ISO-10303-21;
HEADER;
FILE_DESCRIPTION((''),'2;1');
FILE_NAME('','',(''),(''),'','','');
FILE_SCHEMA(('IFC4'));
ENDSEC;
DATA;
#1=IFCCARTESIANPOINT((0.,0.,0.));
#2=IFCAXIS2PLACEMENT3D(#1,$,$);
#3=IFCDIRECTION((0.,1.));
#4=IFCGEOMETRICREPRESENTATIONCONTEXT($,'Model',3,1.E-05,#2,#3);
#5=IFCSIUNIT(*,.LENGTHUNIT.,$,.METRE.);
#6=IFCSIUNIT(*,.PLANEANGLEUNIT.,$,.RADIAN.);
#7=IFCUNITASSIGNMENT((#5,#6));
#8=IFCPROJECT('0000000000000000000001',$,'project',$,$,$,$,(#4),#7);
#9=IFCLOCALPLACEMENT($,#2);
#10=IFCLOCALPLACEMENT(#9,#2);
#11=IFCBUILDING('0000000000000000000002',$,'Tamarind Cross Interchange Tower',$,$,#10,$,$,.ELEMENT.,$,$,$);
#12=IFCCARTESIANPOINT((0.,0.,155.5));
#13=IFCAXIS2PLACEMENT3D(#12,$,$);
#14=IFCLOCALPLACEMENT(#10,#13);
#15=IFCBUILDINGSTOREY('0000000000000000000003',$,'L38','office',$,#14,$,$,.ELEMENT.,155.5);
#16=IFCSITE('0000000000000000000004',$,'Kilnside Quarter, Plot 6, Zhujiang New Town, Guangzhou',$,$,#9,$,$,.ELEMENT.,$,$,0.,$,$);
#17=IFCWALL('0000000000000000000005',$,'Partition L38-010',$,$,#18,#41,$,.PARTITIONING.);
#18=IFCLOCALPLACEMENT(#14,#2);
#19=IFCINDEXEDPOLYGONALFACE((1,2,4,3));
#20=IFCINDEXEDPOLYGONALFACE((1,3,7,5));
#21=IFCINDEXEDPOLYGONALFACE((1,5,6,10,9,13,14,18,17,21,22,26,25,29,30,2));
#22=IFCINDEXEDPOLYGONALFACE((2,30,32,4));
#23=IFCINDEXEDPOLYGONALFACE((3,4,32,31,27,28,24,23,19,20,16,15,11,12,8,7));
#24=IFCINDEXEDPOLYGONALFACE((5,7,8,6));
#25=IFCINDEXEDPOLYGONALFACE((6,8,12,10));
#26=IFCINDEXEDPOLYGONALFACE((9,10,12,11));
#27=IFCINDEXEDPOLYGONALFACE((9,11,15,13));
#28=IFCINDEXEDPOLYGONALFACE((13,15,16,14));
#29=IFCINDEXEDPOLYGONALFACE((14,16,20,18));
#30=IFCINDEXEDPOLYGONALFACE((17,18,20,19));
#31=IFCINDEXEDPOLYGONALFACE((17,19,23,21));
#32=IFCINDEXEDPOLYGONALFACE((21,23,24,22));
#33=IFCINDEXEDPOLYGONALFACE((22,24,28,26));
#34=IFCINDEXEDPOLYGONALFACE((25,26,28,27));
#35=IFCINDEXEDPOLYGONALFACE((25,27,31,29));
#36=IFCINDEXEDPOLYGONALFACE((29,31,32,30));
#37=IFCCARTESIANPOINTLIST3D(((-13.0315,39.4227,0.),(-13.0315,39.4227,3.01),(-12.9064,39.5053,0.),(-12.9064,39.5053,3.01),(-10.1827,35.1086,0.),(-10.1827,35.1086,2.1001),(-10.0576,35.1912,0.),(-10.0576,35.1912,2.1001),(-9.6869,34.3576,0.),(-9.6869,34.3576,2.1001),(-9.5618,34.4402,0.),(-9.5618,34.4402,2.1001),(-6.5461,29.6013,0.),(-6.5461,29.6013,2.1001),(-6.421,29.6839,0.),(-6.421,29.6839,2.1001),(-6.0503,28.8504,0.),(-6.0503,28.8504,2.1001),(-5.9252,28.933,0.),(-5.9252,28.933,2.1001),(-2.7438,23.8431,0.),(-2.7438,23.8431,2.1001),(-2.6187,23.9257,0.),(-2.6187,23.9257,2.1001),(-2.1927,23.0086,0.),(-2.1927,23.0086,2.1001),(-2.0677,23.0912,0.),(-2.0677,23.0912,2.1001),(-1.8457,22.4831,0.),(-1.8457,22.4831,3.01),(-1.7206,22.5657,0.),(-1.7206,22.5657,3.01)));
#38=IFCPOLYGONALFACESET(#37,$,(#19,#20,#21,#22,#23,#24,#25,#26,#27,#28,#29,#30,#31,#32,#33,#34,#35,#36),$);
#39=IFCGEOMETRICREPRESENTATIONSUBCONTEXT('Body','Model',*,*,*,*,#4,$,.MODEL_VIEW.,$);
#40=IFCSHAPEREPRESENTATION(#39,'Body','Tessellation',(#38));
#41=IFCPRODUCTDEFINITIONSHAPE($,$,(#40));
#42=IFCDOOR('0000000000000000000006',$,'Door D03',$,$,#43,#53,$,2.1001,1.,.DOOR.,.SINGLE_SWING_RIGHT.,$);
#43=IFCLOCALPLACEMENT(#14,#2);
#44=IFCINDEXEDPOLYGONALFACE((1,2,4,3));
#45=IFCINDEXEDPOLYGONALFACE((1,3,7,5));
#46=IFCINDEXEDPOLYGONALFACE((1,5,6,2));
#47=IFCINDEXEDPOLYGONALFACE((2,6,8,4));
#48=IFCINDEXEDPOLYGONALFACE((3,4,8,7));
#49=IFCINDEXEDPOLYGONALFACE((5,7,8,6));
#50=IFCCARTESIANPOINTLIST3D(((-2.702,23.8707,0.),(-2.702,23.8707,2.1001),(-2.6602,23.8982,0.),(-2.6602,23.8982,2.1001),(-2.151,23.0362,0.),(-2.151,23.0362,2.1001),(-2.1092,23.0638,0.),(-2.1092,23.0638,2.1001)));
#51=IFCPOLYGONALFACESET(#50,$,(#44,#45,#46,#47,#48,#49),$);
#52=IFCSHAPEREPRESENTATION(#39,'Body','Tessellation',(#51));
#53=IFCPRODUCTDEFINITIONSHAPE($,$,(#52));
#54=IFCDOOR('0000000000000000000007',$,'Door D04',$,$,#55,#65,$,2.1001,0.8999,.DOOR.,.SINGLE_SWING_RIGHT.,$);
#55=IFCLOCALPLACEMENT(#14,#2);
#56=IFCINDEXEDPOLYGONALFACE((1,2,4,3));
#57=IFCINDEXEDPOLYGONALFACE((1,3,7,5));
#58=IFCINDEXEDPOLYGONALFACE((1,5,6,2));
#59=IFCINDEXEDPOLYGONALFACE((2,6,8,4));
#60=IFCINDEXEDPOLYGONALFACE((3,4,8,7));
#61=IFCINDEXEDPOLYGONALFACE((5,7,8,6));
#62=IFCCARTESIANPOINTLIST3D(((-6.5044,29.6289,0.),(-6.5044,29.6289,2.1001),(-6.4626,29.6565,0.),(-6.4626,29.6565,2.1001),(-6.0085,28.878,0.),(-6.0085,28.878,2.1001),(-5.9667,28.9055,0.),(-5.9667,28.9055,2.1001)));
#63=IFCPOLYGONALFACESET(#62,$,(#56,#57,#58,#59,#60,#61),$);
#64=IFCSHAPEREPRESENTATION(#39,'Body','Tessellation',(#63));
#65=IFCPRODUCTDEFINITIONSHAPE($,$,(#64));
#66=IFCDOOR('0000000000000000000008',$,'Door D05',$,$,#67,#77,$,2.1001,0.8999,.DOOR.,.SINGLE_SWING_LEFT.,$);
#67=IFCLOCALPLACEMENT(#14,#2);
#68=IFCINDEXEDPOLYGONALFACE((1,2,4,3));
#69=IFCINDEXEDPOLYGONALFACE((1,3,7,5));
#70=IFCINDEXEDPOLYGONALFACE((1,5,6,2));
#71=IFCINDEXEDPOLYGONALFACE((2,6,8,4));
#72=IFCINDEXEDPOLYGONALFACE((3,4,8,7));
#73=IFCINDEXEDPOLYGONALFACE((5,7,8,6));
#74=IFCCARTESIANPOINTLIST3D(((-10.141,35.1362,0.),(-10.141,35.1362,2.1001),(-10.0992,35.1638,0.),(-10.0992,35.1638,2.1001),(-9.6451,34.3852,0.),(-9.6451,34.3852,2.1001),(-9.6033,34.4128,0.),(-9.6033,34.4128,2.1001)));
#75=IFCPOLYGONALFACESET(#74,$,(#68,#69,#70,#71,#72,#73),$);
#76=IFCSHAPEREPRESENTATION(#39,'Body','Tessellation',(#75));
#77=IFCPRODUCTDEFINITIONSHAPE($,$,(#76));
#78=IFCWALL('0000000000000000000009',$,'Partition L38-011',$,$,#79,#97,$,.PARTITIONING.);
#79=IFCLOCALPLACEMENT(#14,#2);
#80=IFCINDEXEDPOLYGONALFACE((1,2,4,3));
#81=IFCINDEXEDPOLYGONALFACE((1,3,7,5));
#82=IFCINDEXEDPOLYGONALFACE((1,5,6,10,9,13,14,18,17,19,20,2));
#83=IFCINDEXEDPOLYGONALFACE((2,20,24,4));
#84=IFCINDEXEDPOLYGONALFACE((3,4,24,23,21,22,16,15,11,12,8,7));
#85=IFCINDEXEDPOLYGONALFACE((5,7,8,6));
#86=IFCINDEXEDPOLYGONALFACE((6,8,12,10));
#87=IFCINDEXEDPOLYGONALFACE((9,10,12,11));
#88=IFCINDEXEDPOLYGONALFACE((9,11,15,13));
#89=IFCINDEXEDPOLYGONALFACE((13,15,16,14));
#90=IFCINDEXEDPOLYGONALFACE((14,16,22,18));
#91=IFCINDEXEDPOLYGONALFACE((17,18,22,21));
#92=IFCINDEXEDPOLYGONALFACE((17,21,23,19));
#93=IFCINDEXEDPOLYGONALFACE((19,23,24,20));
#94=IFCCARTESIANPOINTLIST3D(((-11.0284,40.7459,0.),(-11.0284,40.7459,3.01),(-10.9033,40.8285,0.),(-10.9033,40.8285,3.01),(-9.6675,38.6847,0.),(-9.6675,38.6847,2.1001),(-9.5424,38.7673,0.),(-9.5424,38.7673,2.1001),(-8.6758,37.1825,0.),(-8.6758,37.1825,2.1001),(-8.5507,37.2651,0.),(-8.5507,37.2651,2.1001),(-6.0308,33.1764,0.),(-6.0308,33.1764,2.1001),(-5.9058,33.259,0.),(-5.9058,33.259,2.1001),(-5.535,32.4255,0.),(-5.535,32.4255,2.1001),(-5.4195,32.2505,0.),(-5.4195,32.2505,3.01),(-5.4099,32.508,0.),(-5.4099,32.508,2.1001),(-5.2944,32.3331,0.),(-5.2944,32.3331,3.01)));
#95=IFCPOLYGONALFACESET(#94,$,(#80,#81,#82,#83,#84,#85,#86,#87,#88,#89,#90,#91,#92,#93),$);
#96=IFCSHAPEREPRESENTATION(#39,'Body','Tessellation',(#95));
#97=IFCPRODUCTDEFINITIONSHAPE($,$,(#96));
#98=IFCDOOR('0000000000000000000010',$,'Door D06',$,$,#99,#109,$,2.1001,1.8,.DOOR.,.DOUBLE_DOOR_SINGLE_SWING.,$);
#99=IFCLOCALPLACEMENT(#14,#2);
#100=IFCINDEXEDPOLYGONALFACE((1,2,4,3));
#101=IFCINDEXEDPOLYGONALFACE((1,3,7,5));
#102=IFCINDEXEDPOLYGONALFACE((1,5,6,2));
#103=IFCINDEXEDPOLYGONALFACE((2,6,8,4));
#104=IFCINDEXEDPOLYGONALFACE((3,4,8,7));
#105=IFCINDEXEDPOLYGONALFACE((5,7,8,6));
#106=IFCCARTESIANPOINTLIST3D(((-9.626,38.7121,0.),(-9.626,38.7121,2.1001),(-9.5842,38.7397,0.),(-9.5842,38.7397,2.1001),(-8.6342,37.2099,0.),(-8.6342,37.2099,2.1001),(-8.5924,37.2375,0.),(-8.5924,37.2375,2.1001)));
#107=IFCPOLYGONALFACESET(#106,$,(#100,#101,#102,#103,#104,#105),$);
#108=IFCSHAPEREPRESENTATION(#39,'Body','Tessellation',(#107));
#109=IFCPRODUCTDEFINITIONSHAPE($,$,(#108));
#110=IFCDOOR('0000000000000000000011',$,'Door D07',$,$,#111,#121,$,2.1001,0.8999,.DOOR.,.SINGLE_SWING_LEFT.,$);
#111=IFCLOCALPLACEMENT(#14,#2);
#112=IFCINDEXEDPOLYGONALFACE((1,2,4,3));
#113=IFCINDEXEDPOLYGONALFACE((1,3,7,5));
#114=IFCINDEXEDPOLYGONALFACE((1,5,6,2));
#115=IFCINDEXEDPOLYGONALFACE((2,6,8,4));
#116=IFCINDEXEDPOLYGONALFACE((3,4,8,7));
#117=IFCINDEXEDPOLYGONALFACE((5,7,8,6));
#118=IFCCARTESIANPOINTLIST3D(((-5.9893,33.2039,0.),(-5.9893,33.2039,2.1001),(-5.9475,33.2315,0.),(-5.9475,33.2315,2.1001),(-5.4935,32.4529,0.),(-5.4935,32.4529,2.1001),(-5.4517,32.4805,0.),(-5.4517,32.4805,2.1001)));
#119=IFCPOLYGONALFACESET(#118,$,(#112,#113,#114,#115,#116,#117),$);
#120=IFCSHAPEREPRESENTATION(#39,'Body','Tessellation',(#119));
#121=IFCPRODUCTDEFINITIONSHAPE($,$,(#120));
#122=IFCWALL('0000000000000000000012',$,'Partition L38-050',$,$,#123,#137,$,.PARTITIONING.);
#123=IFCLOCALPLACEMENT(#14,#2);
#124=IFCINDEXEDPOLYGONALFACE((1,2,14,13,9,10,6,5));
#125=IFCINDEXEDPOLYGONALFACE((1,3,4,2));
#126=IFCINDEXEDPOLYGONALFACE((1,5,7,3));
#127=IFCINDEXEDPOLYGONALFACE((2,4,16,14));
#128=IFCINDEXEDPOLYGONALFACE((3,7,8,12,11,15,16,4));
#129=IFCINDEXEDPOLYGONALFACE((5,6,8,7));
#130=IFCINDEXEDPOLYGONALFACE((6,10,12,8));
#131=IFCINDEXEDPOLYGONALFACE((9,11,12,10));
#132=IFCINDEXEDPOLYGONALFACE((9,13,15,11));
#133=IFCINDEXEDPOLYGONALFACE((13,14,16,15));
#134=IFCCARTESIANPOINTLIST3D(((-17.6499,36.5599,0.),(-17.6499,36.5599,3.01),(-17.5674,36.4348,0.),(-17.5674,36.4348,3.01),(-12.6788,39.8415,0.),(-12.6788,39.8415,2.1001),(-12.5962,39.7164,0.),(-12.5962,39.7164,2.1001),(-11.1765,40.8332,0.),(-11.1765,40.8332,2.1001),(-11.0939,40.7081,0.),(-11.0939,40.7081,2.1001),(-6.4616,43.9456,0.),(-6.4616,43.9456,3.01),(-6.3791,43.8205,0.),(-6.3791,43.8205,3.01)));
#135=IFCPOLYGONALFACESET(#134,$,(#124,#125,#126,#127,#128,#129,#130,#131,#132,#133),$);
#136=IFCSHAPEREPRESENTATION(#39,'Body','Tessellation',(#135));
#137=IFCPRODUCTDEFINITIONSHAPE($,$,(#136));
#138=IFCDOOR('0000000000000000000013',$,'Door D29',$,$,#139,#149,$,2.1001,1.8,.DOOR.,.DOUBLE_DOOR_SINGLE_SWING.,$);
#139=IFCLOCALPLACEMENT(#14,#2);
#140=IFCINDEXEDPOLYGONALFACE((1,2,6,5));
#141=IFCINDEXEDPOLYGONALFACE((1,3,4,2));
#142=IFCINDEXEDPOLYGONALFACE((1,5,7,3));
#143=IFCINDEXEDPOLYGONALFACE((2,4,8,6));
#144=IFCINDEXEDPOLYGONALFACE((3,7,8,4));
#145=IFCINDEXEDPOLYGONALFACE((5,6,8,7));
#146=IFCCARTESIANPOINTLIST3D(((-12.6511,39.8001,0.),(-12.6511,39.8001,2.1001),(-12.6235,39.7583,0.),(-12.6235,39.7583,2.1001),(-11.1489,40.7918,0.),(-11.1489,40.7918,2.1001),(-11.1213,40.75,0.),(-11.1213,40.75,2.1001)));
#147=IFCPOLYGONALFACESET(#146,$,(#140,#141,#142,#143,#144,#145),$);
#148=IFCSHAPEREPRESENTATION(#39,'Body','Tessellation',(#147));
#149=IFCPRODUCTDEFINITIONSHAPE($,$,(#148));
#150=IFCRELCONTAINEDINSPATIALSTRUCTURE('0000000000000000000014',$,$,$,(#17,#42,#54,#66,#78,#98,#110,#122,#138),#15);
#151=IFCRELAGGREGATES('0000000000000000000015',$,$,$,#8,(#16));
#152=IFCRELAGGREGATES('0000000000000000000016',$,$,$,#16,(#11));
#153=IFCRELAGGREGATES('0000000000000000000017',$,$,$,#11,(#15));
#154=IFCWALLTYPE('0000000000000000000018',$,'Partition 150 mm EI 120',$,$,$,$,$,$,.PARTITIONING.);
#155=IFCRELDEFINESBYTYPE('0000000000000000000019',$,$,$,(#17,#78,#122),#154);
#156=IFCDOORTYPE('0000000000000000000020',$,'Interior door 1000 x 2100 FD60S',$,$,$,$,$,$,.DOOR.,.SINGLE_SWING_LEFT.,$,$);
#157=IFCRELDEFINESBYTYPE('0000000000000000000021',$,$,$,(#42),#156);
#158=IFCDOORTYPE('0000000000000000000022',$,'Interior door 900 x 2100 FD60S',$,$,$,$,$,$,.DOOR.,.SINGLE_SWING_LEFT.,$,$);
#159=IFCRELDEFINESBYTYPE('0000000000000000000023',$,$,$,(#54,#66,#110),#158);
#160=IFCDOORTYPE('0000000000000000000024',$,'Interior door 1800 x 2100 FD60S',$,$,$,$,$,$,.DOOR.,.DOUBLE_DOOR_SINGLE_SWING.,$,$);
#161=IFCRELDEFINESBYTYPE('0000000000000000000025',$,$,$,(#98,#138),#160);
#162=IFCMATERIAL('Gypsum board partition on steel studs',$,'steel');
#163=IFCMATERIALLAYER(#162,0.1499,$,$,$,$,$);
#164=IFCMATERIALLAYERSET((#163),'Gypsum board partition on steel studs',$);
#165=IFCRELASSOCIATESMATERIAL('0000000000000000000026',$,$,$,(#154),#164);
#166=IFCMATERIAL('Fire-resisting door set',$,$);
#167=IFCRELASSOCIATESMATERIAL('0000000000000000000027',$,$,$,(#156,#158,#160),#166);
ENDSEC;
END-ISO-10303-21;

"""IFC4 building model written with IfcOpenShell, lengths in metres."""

from ifc_helpers import new_model, si_unit, direction, frame, frame_2d, origin, place, context, subcontext, project, spatial, rectangle, extrude, material, layer, layer_set, type_object, element, fill, save


model = new_model("IFC4")

# Units and contexts
model_context = context("Model", 3, precision=1e-05, world=origin(), true_north=direction((0.0, 1.0)))
body_context = subcontext(model_context, "Body", "Model", "MODEL_VIEW")
ifc_project = project(units=[si_unit("LENGTHUNIT", "METRE"), si_unit("PLANEANGLEUNIT", "RADIAN")], contexts=[model_context])

# Site, building, storey
site_placement = place(None, origin())
site = spatial("IfcSite", under=ifc_project, at=site_placement, Name="Kilnside Quarter, Plot 6, Zhujiang New Town, Guangzhou", CompositionType="ELEMENT", RefElevation=0.0)
building_placement = place(site_placement, origin())
building = spatial("IfcBuilding", under=site, at=building_placement, Name="Tamarind Cross Interchange Tower", CompositionType="ELEMENT")
storey_placement = place(building_placement, frame((0.0, 0.0, 155.5)))
storey = spatial("IfcBuildingStorey", under=building, at=storey_placement, Name="L38", Description="office", CompositionType="ELEMENT", Elevation=155.5)

# Walls, openings, doors
ifc_material_1 = material(Name="Gypsum board partition on steel studs", Category="steel")
ifc_layer_1 = layer(ifc_material_1, 0.1499)
ifc_layer_set_1 = layer_set([ifc_layer_1], Name="Gypsum board partition on steel studs")
wall_type = type_object("IfcWallType", Name="Partition 150 mm EI 120", PredefinedType="PARTITIONING", material=ifc_layer_set_1)
wall_1_placement = place(storey_placement, frame((-12.969, 39.4641, 0.0), z_axis=(0.0, 0.0, 1.0), x_axis=(0.551034, -0.834483, 0.0)))
wall_1 = element("IfcWall", 1, at=wall_1_placement, inside=storey, type_object=wall_type, Name="Partition L38-010", PredefinedType="PARTITIONING", context=body_context, shape_type="SweptSolid", body=[
    extrude(rectangle(XDim=20.2996, YDim=0.1499, at=frame_2d((10.1499, 0.0))), origin(), (0.0, 0.0, 1.0), 3.01),
])
opening_1_placement = place(wall_1_placement, frame((18.6699, 0.0, 0.0)))
opening_1 = element("IfcOpeningElement", 2, at=opening_1_placement, cuts=wall_1, PredefinedType="OPENING", context=body_context, shape_type="SweptSolid", body=[
    extrude(rectangle(XDim=1.0, YDim=2.1001, at=frame_2d((0.5, 1.05))), frame((0.0, 0.085, 0.0), z_axis=(0.0, -1.0, 0.0), x_axis=(1.0, 0.0, 0.0)), (0.0, 0.0, 1.0), 0.1699),
])
opening_2_placement = place(wall_1_placement, frame((11.7695, 0.0, 0.0)))
opening_2 = element("IfcOpeningElement", 3, at=opening_2_placement, cuts=wall_1, PredefinedType="OPENING", context=body_context, shape_type="SweptSolid", body=[
    extrude(rectangle(XDim=0.8999, YDim=2.1001, at=frame_2d((0.45, 1.05))), frame((0.0, 0.085, 0.0), z_axis=(0.0, -1.0, 0.0), x_axis=(1.0, 0.0, 0.0)), (0.0, 0.0, 1.0), 0.1699),
])
opening_3_placement = place(wall_1_placement, frame((5.1699, 0.0, 0.0)))
opening_3 = element("IfcOpeningElement", 4, at=opening_3_placement, cuts=wall_1, PredefinedType="OPENING", context=body_context, shape_type="SweptSolid", body=[
    extrude(rectangle(XDim=0.8999, YDim=2.1001, at=frame_2d((0.45, 1.05))), frame((0.0, 0.085, 0.0), z_axis=(0.0, -1.0, 0.0), x_axis=(1.0, 0.0, 0.0)), (0.0, 0.0, 1.0), 0.1699),
])
ifc_material_2 = material(Name="Fire-resisting door set")
door_type_1 = type_object("IfcDoorType", Name="Interior door 1000 x 2100 FD60S", OperationType="SINGLE_SWING_LEFT", PredefinedType="DOOR", material=ifc_material_2)
door_1_placement = place(opening_1_placement, frame((1.0, 0.0, 0.0), z_axis=(0.0, 0.0, 1.0), x_axis=(-1.0, 0.0, 0.0)))
door_1 = element("IfcDoor", 5, at=door_1_placement, inside=storey, type_object=door_type_1, Name="Door D03", OperationType="SINGLE_SWING_RIGHT", OverallHeight=2.1001, OverallWidth=1.0, PredefinedType="DOOR", context=body_context, shape_type="SweptSolid", body=[
    extrude(rectangle(XDim=1.0, YDim=2.1001, at=frame_2d((0.5, 1.05))), frame((0.0, 0.0249, 0.0), z_axis=(0.0, -1.0, 0.0), x_axis=(1.0, 0.0, 0.0)), (0.0, 0.0, 1.0), 0.05),
])
fill(opening_1, door_1)
door_type_2 = type_object("IfcDoorType", Name="Interior door 900 x 2100 FD60S", OperationType="SINGLE_SWING_LEFT", PredefinedType="DOOR", material=ifc_material_2)
door_2_placement = place(opening_2_placement, frame((0.8999, 0.0, 0.0), z_axis=(0.0, 0.0, 1.0), x_axis=(-1.0, 0.0, 0.0)))
door_2 = element("IfcDoor", 6, at=door_2_placement, inside=storey, type_object=door_type_2, Name="Door D04", OperationType="SINGLE_SWING_RIGHT", OverallHeight=2.1001, OverallWidth=0.8999, PredefinedType="DOOR", context=body_context, shape_type="SweptSolid", body=[
    extrude(rectangle(XDim=0.8999, YDim=2.1001, at=frame_2d((0.45, 1.05))), frame((0.0, 0.0249, 0.0), z_axis=(0.0, -1.0, 0.0), x_axis=(1.0, 0.0, 0.0)), (0.0, 0.0, 1.0), 0.05),
])
fill(opening_2, door_2)
door_3_placement = place(opening_3_placement, frame((0.8999, 0.0, 0.0), z_axis=(0.0, 0.0, 1.0), x_axis=(-1.0, 0.0, 0.0)))
door_3 = element("IfcDoor", 7, at=door_3_placement, inside=storey, type_object=door_type_2, Name="Door D05", OperationType="SINGLE_SWING_LEFT", OverallHeight=2.1001, OverallWidth=0.8999, PredefinedType="DOOR", context=body_context, shape_type="SweptSolid", body=[
    extrude(rectangle(XDim=0.8999, YDim=2.1001, at=frame_2d((0.45, 1.05))), frame((0.0, 0.0249, 0.0), z_axis=(0.0, -1.0, 0.0), x_axis=(1.0, 0.0, 0.0)), (0.0, 0.0, 1.0), 0.05),
])
fill(opening_3, door_3)
wall_2_placement = place(storey_placement, frame((-10.9658, 40.7871, 0.0), z_axis=(0.0, 0.0, 1.0), x_axis=(0.550976, -0.834521, 0.0)))
wall_2 = element("IfcWall", 8, at=wall_2_placement, inside=storey, type_object=wall_type, Name="Partition L38-011", PredefinedType="PARTITIONING", context=body_context, shape_type="SweptSolid", body=[
    extrude(rectangle(XDim=10.1799, YDim=0.1499, at=frame_2d((5.0898, 0.0))), origin(), (0.0, 0.0, 1.0), 3.01),
])
opening_4_placement = place(wall_2_placement, frame((2.47, 0.0, 0.0)))
opening_4 = element("IfcOpeningElement", 9, at=opening_4_placement, cuts=wall_2, PredefinedType="OPENING", context=body_context, shape_type="SweptSolid", body=[
    extrude(rectangle(XDim=1.8, YDim=2.1001, at=frame_2d((0.8999, 1.05))), frame((0.0, 0.085, 0.0), z_axis=(0.0, -1.0, 0.0), x_axis=(1.0, 0.0, 0.0)), (0.0, 0.0, 1.0), 0.1699),
])
opening_5_placement = place(wall_2_placement, frame((9.0703, 0.0, 0.0)))
opening_5 = element("IfcOpeningElement", 10, at=opening_5_placement, cuts=wall_2, PredefinedType="OPENING", context=body_context, shape_type="SweptSolid", body=[
    extrude(rectangle(XDim=0.8999, YDim=2.1001, at=frame_2d((0.45, 1.05))), frame((0.0, 0.085, 0.0), z_axis=(0.0, -1.0, 0.0), x_axis=(1.0, 0.0, 0.0)), (0.0, 0.0, 1.0), 0.1699),
])
door_type_3 = type_object("IfcDoorType", Name="Interior door 1800 x 2100 FD60S", OperationType="DOUBLE_DOOR_SINGLE_SWING", PredefinedType="DOOR", material=ifc_material_2)
door_4_placement = place(opening_4_placement, origin())
door_4 = element("IfcDoor", 11, at=door_4_placement, inside=storey, type_object=door_type_3, Name="Door D06", OperationType="DOUBLE_DOOR_SINGLE_SWING", OverallHeight=2.1001, OverallWidth=1.8, PredefinedType="DOOR", context=body_context, shape_type="SweptSolid", body=[
    extrude(rectangle(XDim=1.8, YDim=2.1001, at=frame_2d((0.8999, 1.05))), frame((0.0, 0.0249, 0.0), z_axis=(0.0, -1.0, 0.0), x_axis=(1.0, 0.0, 0.0)), (0.0, 0.0, 1.0), 0.05),
])
fill(opening_4, door_4)
door_5_placement = place(opening_5_placement, origin())
door_5 = element("IfcDoor", 12, at=door_5_placement, inside=storey, type_object=door_type_2, Name="Door D07", OperationType="SINGLE_SWING_LEFT", OverallHeight=2.1001, OverallWidth=0.8999, PredefinedType="DOOR", context=body_context, shape_type="SweptSolid", body=[
    extrude(rectangle(XDim=0.8999, YDim=2.1001, at=frame_2d((0.45, 1.05))), frame((0.0, 0.0249, 0.0), z_axis=(0.0, -1.0, 0.0), x_axis=(1.0, 0.0, 0.0)), (0.0, 0.0, 1.0), 0.05),
])
fill(opening_5, door_5)

# Wall, opening, door
wall_3_placement = place(storey_placement, frame((-17.6086, 36.4973, 0.0), z_axis=(0.0, 0.0, 1.0), x_axis=(0.834558, 0.550921, 0.0)))
wall_3 = element("IfcWall", 13, at=wall_3_placement, inside=storey, type_object=wall_type, Name="Partition L38-050", PredefinedType="PARTITIONING", context=body_context, shape_type="SweptSolid", body=[
    extrude(rectangle(XDim=13.4062, YDim=0.1499, at=frame_2d((6.7031, 0.0))), origin(), (0.0, 0.0, 1.0), 3.01),
])
opening_6_placement = place(wall_3_placement, frame((5.9568, 0.0, 0.0)))
opening_6 = element("IfcOpeningElement", 14, at=opening_6_placement, cuts=wall_3, PredefinedType="OPENING", context=body_context, shape_type="SweptSolid", body=[
    extrude(rectangle(XDim=1.8, YDim=2.1001, at=frame_2d((0.8999, 1.05))), frame((0.0, 0.085, 0.0), z_axis=(0.0, -1.0, 0.0), x_axis=(1.0, 0.0, 0.0)), (0.0, 0.0, 1.0), 0.1699),
])
door_6_placement = place(opening_6_placement, frame((1.8, 0.0, 0.0), z_axis=(0.0, 0.0, 1.0), x_axis=(-1.0, 0.0, 0.0)))
door_6 = element("IfcDoor", 15, at=door_6_placement, inside=storey, type_object=door_type_3, Name="Door D29", OperationType="DOUBLE_DOOR_SINGLE_SWING", OverallHeight=2.1001, OverallWidth=1.8, PredefinedType="DOOR", context=body_context, shape_type="SweptSolid", body=[
    extrude(rectangle(XDim=1.8, YDim=2.1001, at=frame_2d((0.8999, 1.05))), frame((0.0, 0.0249, 0.0), z_axis=(0.0, -1.0, 0.0), x_axis=(1.0, 0.0, 0.0)), (0.0, 0.0, 1.0), 0.05),
])
fill(opening_6, door_6)

save(model, "model.ifc")
